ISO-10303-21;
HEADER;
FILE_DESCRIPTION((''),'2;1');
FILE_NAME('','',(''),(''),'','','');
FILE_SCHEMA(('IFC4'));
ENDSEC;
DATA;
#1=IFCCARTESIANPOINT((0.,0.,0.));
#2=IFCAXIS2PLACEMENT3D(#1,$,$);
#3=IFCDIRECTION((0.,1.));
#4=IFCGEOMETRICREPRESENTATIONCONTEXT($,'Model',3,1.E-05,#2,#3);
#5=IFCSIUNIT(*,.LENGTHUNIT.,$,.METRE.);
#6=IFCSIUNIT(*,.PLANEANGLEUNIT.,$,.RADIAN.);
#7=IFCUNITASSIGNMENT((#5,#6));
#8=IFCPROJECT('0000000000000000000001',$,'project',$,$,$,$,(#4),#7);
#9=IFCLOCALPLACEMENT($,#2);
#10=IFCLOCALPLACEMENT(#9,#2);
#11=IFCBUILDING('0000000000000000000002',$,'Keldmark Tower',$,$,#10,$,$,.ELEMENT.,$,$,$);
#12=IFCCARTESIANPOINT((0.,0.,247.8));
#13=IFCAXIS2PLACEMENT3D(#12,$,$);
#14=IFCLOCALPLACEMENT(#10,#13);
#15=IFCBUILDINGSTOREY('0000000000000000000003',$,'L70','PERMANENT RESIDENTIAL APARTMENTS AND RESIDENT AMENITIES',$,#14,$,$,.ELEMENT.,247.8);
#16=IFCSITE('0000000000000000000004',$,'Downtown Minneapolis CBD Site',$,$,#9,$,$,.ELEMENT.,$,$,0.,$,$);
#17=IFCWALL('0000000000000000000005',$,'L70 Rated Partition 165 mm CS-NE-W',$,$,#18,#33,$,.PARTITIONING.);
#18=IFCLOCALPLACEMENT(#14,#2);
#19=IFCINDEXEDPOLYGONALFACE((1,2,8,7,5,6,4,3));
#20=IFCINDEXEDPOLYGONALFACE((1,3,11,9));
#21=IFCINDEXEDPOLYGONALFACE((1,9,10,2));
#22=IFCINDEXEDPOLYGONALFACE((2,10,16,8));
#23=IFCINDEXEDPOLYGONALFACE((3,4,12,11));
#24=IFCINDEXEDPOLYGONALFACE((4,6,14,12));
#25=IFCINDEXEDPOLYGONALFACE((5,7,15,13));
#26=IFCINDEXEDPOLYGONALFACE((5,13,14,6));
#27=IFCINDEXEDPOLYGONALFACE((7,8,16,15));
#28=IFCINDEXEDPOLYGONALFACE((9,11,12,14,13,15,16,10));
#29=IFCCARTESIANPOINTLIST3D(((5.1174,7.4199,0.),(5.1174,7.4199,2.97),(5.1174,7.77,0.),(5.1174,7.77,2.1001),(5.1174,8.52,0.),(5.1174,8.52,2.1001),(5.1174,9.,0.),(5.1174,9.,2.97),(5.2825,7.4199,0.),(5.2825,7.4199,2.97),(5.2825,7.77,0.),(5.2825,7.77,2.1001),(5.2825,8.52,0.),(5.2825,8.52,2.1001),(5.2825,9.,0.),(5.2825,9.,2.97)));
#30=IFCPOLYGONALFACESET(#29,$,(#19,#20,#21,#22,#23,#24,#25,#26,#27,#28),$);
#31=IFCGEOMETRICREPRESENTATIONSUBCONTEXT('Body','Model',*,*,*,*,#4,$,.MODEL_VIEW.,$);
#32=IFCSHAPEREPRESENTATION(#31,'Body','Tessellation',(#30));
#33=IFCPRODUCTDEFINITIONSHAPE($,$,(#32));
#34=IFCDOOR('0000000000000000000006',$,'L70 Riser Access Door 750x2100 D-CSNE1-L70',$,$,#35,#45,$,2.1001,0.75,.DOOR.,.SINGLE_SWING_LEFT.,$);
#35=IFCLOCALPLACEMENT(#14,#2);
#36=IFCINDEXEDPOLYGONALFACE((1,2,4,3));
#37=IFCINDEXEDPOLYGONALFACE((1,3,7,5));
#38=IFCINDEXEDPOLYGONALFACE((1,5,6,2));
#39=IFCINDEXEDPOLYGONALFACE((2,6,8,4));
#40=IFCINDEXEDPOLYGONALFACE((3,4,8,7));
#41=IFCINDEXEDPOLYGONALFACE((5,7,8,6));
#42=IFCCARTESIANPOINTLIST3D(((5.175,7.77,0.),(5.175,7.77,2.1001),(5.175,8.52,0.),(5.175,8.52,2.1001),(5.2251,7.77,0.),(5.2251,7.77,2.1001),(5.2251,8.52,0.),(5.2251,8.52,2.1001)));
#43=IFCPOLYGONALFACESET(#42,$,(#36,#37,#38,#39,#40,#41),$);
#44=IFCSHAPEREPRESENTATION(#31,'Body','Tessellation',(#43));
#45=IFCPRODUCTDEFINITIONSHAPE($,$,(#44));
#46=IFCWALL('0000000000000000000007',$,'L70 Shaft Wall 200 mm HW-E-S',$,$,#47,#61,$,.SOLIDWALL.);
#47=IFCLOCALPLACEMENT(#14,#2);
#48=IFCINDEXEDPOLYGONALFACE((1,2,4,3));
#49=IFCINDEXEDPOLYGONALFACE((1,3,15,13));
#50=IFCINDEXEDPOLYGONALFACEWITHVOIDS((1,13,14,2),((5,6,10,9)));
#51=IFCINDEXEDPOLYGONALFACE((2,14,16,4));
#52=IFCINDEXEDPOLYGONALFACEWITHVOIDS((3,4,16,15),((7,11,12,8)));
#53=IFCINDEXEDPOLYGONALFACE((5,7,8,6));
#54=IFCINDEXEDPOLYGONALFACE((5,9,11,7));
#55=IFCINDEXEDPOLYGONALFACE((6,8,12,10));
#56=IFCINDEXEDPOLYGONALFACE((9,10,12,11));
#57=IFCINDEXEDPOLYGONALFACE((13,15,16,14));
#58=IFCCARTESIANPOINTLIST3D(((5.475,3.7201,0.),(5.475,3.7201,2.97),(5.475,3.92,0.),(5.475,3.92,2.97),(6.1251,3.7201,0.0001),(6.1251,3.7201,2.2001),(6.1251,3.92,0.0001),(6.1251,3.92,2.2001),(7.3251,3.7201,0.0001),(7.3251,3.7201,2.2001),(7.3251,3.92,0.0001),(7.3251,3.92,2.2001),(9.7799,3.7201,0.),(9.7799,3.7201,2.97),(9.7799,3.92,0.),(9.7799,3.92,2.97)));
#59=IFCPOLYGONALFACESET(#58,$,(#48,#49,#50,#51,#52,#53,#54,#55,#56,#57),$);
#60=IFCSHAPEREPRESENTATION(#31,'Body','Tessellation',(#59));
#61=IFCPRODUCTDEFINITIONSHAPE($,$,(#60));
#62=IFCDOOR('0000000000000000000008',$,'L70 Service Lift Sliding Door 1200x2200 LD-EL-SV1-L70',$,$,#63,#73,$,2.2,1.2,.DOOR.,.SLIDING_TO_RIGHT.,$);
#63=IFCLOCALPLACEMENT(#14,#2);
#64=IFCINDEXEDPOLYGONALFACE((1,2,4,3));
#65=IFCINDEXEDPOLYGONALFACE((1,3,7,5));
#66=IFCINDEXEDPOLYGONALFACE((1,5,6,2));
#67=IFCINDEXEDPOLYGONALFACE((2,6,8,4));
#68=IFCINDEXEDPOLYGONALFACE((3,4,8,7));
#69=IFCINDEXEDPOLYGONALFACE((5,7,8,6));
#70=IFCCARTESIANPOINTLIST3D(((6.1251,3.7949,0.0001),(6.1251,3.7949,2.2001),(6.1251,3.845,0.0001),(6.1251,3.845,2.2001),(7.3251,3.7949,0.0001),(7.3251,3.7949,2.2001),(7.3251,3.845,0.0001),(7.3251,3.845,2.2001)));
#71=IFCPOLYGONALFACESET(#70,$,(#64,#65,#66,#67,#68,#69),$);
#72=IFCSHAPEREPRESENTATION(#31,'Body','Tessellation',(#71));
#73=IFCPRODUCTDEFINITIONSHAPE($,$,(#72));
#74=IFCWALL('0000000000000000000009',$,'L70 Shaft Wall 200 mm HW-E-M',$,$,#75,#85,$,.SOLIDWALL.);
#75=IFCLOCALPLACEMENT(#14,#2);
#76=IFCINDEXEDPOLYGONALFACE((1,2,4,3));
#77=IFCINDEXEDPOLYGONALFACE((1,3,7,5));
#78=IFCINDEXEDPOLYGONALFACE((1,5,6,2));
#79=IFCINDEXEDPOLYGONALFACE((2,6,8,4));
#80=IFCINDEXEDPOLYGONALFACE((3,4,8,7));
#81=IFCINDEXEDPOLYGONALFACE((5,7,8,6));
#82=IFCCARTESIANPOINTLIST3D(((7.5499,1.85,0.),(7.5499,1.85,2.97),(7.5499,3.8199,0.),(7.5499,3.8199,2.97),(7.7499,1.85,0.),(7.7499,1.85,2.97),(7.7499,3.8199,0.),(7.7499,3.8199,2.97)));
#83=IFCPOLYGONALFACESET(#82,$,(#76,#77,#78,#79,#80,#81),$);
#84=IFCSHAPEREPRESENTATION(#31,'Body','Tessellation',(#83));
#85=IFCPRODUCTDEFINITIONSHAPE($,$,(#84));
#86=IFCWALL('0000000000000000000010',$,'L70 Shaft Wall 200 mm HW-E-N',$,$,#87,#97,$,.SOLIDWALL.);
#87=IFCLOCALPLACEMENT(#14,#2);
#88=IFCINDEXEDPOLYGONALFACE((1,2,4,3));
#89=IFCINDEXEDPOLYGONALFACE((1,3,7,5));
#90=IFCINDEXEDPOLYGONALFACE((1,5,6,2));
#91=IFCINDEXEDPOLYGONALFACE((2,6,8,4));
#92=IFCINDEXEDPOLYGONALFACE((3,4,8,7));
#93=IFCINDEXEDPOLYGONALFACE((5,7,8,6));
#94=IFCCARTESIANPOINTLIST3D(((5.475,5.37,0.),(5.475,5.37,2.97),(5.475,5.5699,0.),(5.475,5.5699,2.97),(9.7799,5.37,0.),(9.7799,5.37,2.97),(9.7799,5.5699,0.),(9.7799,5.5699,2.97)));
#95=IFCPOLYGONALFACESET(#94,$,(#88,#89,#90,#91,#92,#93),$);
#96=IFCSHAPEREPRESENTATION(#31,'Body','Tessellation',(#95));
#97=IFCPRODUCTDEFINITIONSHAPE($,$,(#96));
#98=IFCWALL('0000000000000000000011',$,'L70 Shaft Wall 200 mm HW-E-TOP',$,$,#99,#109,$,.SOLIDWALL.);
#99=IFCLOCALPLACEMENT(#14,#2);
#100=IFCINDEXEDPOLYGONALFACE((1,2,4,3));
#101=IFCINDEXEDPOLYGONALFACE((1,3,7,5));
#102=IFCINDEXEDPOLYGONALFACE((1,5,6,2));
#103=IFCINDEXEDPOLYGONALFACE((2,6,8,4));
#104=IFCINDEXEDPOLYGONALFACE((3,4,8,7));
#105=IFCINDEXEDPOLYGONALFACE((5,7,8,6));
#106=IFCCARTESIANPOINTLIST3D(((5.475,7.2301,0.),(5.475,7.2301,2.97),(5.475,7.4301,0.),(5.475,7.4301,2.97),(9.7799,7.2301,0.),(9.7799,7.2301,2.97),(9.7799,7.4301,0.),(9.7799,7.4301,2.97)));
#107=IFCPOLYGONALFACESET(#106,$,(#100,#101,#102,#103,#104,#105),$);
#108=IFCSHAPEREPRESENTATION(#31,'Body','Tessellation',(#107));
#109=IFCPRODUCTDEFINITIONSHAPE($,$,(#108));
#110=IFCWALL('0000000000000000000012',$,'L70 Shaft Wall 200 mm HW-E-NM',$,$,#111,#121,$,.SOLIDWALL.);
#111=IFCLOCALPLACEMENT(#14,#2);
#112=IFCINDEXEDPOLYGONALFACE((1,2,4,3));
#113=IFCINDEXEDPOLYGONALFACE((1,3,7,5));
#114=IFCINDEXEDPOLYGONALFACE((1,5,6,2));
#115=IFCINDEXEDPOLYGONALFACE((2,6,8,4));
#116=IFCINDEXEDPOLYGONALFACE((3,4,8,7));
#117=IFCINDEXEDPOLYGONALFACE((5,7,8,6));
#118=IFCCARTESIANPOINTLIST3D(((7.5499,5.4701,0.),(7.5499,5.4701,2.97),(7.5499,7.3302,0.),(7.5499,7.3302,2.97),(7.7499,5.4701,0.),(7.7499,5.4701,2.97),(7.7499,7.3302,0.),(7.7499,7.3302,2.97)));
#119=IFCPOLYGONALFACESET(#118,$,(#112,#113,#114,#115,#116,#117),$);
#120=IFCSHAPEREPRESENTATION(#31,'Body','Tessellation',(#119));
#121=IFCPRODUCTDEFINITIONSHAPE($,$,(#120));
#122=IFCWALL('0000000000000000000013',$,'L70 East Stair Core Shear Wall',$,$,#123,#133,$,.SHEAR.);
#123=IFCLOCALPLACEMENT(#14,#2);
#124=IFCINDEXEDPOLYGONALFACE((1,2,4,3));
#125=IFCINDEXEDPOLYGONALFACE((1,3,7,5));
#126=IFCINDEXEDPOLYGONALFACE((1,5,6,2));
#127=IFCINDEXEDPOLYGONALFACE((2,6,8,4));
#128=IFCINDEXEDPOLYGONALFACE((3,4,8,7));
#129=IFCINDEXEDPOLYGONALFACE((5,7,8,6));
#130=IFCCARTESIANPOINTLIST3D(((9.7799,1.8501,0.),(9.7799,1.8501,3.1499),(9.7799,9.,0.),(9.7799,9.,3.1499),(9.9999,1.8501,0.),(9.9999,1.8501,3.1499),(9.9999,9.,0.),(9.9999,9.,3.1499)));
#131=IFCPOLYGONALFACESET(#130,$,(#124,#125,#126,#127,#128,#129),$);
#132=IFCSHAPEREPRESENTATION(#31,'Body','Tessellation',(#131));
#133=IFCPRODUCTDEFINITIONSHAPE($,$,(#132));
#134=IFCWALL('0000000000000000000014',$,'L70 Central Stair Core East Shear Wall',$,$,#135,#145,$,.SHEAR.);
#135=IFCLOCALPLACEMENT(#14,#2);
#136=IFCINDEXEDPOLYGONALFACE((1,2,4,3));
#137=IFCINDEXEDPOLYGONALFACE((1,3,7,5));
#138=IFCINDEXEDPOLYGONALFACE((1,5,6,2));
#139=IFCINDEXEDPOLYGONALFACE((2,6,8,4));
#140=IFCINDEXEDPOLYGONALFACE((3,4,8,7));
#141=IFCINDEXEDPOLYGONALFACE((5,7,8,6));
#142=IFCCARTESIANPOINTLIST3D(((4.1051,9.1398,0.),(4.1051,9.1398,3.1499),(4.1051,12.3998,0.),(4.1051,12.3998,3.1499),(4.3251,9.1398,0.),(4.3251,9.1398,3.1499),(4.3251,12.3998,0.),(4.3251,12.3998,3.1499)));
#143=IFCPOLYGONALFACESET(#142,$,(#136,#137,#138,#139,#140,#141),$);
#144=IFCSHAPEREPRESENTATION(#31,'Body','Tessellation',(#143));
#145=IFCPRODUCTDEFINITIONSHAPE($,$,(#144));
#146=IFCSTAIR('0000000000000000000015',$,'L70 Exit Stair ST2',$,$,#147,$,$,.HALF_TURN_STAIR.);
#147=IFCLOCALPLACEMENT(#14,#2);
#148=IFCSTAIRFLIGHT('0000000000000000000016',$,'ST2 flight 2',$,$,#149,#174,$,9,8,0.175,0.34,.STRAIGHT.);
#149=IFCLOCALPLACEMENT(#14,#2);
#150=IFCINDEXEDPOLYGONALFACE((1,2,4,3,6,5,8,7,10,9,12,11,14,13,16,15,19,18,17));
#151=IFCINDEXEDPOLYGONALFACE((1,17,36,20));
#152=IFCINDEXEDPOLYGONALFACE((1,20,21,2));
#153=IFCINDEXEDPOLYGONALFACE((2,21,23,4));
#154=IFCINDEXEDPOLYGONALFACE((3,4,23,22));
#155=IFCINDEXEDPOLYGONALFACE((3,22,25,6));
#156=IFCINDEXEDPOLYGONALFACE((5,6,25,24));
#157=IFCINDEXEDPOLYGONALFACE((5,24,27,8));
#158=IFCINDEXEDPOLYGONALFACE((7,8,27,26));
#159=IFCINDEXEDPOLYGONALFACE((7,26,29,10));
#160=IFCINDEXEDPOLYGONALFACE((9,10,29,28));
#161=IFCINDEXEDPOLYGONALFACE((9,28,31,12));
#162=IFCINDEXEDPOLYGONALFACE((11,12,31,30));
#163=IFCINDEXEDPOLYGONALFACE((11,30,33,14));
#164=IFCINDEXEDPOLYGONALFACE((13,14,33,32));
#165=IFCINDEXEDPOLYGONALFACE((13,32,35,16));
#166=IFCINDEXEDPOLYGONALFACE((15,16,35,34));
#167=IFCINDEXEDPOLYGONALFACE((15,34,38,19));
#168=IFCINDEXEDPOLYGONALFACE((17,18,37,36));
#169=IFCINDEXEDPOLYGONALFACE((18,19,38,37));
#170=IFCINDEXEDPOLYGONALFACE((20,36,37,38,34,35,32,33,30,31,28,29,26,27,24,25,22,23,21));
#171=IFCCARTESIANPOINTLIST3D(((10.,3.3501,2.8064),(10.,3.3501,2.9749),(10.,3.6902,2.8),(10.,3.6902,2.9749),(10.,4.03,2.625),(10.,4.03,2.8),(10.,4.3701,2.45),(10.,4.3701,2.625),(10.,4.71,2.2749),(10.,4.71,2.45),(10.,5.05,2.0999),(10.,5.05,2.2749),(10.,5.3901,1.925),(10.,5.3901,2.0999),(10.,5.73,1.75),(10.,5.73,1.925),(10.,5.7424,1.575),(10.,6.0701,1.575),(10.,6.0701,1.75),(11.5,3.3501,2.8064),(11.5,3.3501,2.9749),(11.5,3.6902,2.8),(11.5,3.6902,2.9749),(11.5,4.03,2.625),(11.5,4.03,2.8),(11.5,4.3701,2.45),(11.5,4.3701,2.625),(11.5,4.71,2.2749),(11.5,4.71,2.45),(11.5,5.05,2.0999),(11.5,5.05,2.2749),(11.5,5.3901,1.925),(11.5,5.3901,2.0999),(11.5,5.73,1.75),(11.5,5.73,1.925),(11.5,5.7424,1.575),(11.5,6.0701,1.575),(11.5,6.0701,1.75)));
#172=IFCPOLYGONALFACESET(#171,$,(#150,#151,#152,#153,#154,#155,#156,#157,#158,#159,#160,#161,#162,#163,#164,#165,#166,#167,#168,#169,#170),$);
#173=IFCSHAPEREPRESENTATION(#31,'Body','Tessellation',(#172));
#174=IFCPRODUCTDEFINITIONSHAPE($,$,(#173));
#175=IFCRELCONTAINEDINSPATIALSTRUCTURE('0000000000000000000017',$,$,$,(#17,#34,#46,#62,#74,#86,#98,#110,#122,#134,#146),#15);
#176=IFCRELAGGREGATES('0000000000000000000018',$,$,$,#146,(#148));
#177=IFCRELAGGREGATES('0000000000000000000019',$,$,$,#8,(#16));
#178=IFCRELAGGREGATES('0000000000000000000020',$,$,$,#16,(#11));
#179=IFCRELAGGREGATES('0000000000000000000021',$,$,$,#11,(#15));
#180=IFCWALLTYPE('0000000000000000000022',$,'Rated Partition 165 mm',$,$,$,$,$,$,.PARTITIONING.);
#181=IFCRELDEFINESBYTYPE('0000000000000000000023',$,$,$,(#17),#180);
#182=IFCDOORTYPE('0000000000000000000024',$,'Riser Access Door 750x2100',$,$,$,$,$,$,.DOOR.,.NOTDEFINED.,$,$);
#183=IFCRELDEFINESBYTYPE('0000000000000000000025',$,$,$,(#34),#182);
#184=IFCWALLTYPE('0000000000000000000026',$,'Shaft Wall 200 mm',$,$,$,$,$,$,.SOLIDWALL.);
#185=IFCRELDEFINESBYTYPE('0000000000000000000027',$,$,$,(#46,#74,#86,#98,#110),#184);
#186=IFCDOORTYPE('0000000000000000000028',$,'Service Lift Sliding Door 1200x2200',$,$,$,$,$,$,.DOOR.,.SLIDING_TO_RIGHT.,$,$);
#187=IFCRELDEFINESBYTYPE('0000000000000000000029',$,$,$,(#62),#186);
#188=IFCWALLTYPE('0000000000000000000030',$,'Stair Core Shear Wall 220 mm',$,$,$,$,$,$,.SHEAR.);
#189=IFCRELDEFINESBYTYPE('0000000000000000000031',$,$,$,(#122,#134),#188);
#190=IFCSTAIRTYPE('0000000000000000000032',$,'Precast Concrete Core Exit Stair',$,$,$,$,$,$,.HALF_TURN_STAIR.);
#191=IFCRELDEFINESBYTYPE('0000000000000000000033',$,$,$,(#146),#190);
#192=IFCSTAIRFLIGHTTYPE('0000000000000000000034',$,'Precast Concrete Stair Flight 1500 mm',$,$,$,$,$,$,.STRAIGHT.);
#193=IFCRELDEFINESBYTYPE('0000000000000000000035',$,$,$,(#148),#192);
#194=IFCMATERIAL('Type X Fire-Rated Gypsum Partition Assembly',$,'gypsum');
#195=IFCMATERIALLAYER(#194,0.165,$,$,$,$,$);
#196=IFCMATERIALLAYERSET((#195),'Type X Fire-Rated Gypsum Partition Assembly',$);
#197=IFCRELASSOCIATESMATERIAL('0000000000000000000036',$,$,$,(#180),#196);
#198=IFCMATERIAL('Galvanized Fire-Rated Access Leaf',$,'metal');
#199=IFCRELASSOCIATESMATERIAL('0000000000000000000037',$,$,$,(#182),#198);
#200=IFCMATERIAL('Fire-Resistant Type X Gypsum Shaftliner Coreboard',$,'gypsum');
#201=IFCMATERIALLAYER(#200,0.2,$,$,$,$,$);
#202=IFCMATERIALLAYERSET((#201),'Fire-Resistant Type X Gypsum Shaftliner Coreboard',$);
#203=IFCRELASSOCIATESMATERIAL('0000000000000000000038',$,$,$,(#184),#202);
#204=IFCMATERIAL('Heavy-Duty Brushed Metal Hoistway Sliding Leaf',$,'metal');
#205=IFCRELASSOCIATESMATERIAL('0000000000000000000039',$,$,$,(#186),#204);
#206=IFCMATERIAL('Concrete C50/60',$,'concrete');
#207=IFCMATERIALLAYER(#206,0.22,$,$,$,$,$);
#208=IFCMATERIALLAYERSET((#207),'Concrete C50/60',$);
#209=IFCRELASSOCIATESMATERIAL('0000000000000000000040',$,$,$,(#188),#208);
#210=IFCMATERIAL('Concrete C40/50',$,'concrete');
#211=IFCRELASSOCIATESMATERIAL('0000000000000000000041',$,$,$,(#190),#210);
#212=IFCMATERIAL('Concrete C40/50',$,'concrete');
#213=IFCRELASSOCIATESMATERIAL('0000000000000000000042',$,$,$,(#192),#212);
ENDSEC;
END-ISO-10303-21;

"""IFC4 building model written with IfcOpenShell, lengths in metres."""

from ifc_helpers import new_model, si_unit, direction, frame, frame_2d, origin, place, context, subcontext, project, spatial, polyline, rectangle, outline, extrude, material, layer, layer_set, type_object, element, fill, aggregate, save


model = new_model("IFC4")

# Units and contexts
model_context = context("Model", 3, precision=1e-05, world=origin(), true_north=direction((0.0, 1.0)))
body_context = subcontext(model_context, "Body", "Model", "MODEL_VIEW")
ifc_project = project(units=[si_unit("LENGTHUNIT", "METRE"), si_unit("PLANEANGLEUNIT", "RADIAN")], contexts=[model_context])

# Site, building, storey
site_placement = place(None, origin())
site = spatial("IfcSite", under=ifc_project, at=site_placement, Name="Downtown Minneapolis CBD Site", CompositionType="ELEMENT", RefElevation=0.0)
building_placement = place(site_placement, origin())
building = spatial("IfcBuilding", under=site, at=building_placement, Name="Keldmark Tower", CompositionType="ELEMENT")
storey_placement = place(building_placement, frame((0.0, 0.0, 247.8)))
storey = spatial("IfcBuildingStorey", under=building, at=storey_placement, Name="L70", Description="PERMANENT RESIDENTIAL APARTMENTS AND RESIDENT AMENITIES", CompositionType="ELEMENT", Elevation=247.8)

# Shared definitions
ifc_material_1 = material(Name="Type X Fire-Rated Gypsum Partition Assembly", Category="gypsum")
ifc_layer_1 = layer(ifc_material_1, 0.165)
ifc_layer_set_1 = layer_set([ifc_layer_1], Name="Type X Fire-Rated Gypsum Partition Assembly")
wall_type_1 = type_object("IfcWallType", Name="Rated Partition 165 mm", PredefinedType="PARTITIONING", material=ifc_layer_set_1)

# Walls, openings, doors
wall_1_placement = place(storey_placement, frame((5.2, 7.4199, 0.0), z_axis=(0.0, 0.0, 1.0), x_axis=(0.0, 1.0, 0.0)))
wall_1 = element("IfcWall", 1, at=wall_1_placement, inside=storey, type_object=wall_type_1, Name="L70 Rated Partition 165 mm CS-NE-W", PredefinedType="PARTITIONING", context=body_context, shape_type="SweptSolid", body=[
    extrude(rectangle(XDim=1.5801, YDim=0.165, at=frame_2d((0.79, 0.0))), origin(), (0.0, 0.0, 1.0), 2.97),
])
opening_1_placement = place(wall_1_placement, frame((0.3501, 0.0, 0.0)))
opening_1 = element("IfcOpeningElement", 2, at=opening_1_placement, cuts=wall_1, PredefinedType="OPENING", context=body_context, shape_type="SweptSolid", body=[
    extrude(rectangle(XDim=0.75, YDim=2.1001, at=frame_2d((0.375, 1.05))), frame((0.0, 0.0925, 0.0), z_axis=(0.0, -1.0, 0.0), x_axis=(1.0, 0.0, 0.0)), (0.0, 0.0, 1.0), 0.1851),
])
ifc_material_2 = material(Name="Galvanized Fire-Rated Access Leaf", Category="metal")
door_type_1 = type_object("IfcDoorType", Name="Riser Access Door 750x2100", OperationType="NOTDEFINED", PredefinedType="DOOR", material=ifc_material_2)
door_1_placement = place(opening_1_placement, origin())
door_1 = element("IfcDoor", 3, at=door_1_placement, inside=storey, type_object=door_type_1, Name="L70 Riser Access Door 750x2100 D-CSNE1-L70", OperationType="SINGLE_SWING_LEFT", OverallHeight=2.1001, OverallWidth=0.75, PredefinedType="DOOR", context=body_context, shape_type="SweptSolid", body=[
    extrude(rectangle(XDim=0.75, YDim=2.1001, at=frame_2d((0.375, 1.05))), frame((0.0, 0.0249, 0.0), z_axis=(0.0, -1.0, 0.0), x_axis=(1.0, 0.0, 0.0)), (0.0, 0.0, 1.0), 0.05),
])
fill(opening_1, door_1)
ifc_material_3 = material(Name="Fire-Resistant Type X Gypsum Shaftliner Coreboard", Category="gypsum")
ifc_layer_2 = layer(ifc_material_3, 0.2)
ifc_layer_set_2 = layer_set([ifc_layer_2], Name="Fire-Resistant Type X Gypsum Shaftliner Coreboard")
wall_type_2 = type_object("IfcWallType", Name="Shaft Wall 200 mm", PredefinedType="SOLIDWALL", material=ifc_layer_set_2)
wall_2_placement = place(storey_placement, frame((5.4751, 3.8201, 0.0), z_axis=(0.0, 0.0, 1.0), x_axis=(1.0, 0.0, 0.0)))
wall_2 = element("IfcWall", 4, at=wall_2_placement, inside=storey, type_object=wall_type_2, Name="L70 Shaft Wall 200 mm HW-E-S", PredefinedType="SOLIDWALL", context=body_context, shape_type="SweptSolid", body=[
    extrude(rectangle(XDim=4.3049, YDim=0.2, at=frame_2d((2.1523, 0.0))), origin(), (0.0, 0.0, 1.0), 2.97),
])
opening_2_placement = place(wall_2_placement, frame((0.6499, 0.0, 0.0)))
opening_2 = element("IfcOpeningElement", 5, at=opening_2_placement, cuts=wall_2, PredefinedType="OPENING", context=body_context, shape_type="SweptSolid", body=[
    extrude(rectangle(XDim=1.2, YDim=2.2, at=frame_2d((0.6001, 1.1001))), frame((0.0, 0.1099, 0.0), z_axis=(0.0, -1.0, 0.0), x_axis=(1.0, 0.0, 0.0)), (0.0, 0.0, 1.0), 0.22),
])
ifc_material_4 = material(Name="Heavy-Duty Brushed Metal Hoistway Sliding Leaf", Category="metal")
door_type_2 = type_object("IfcDoorType", Name="Service Lift Sliding Door 1200x2200", OperationType="SLIDING_TO_RIGHT", PredefinedType="DOOR", material=ifc_material_4)
door_2_placement = place(opening_2_placement, origin())
door_2 = element("IfcDoor", 6, at=door_2_placement, inside=storey, type_object=door_type_2, Name="L70 Service Lift Sliding Door 1200x2200 LD-EL-SV1-L70", OperationType="SLIDING_TO_RIGHT", OverallHeight=2.2, OverallWidth=1.2, PredefinedType="DOOR", context=body_context, shape_type="SweptSolid", body=[
    extrude(rectangle(XDim=1.2, YDim=2.2, at=frame_2d((0.6001, 1.1001))), frame((0.0, 0.0249, 0.0), z_axis=(0.0, -1.0, 0.0), x_axis=(1.0, 0.0, 0.0)), (0.0, 0.0, 1.0), 0.05),
])
fill(opening_2, door_2)

# Walls
wall_3_placement = place(storey_placement, frame((7.6499, 1.8501, 0.0), z_axis=(0.0, 0.0, 1.0), x_axis=(0.0, 1.0, 0.0)))
element("IfcWall", 7, at=wall_3_placement, inside=storey, type_object=wall_type_2, Name="L70 Shaft Wall 200 mm HW-E-M", PredefinedType="SOLIDWALL", context=body_context, shape_type="SweptSolid", body=[
    extrude(rectangle(XDim=1.97, YDim=0.2, at=frame_2d((0.9849, 0.0))), origin(), (0.0, 0.0, 1.0), 2.97),
])
for number, where, z_axis, x_axis, name in (
    (8, (5.4751, 5.47, 0.0), (0.0, 0.0, 1.0), (1.0, 0.0, 0.0), "L70 Shaft Wall 200 mm HW-E-N"),
    (9, (5.4751, 7.3301, 0.0), (0.0, 0.0, 1.0), (1.0, 0.0, 0.0), "L70 Shaft Wall 200 mm HW-E-TOP"),
):
    element("IfcWall", number, at=place(storey_placement, frame(where, z_axis=z_axis, x_axis=x_axis)), inside=storey, type_object=wall_type_2, Name=name, PredefinedType="SOLIDWALL", context=body_context, shape_type="SweptSolid", body=[
        extrude(rectangle(XDim=4.3049, YDim=0.2, at=frame_2d((2.1523, 0.0))), origin(), (0.0, 0.0, 1.0), 2.97),
    ])
wall_4_placement = place(storey_placement, frame((7.6499, 5.47, 0.0), z_axis=(0.0, 0.0, 1.0), x_axis=(0.0, 1.0, 0.0)))
element("IfcWall", 10, at=wall_4_placement, inside=storey, type_object=wall_type_2, Name="L70 Shaft Wall 200 mm HW-E-NM", PredefinedType="SOLIDWALL", context=body_context, shape_type="SweptSolid", body=[
    extrude(rectangle(XDim=1.8601, YDim=0.2, at=frame_2d((0.9302, 0.0))), origin(), (0.0, 0.0, 1.0), 2.97),
])
ifc_material_5 = material(Name="Concrete C50/60", Category="concrete")
ifc_layer_3 = layer(ifc_material_5, 0.22)
ifc_layer_set_3 = layer_set([ifc_layer_3], Name="Concrete C50/60")
wall_type_3 = type_object("IfcWallType", Name="Stair Core Shear Wall 220 mm", PredefinedType="SHEAR", material=ifc_layer_set_3)
wall_5_placement = place(storey_placement, frame((9.8899, 1.8501, 0.0), z_axis=(0.0, 0.0, 1.0), x_axis=(0.0, 1.0, 0.0)))
element("IfcWall", 11, at=wall_5_placement, inside=storey, type_object=wall_type_3, Name="L70 East Stair Core Shear Wall", PredefinedType="SHEAR", context=body_context, shape_type="SweptSolid", body=[
    extrude(rectangle(XDim=7.1499, YDim=0.22, at=frame_2d((3.575, 0.0))), origin(), (0.0, 0.0, 1.0), 3.1499),
])
wall_6_placement = place(storey_placement, frame((4.2151, 9.1399, 0.0), z_axis=(0.0, 0.0, 1.0), x_axis=(0.0, 1.0, 0.0)))
element("IfcWall", 12, at=wall_6_placement, inside=storey, type_object=wall_type_3, Name="L70 Central Stair Core East Shear Wall", PredefinedType="SHEAR", context=body_context, shape_type="SweptSolid", body=[
    extrude(rectangle(XDim=3.26, YDim=0.22, at=frame_2d((1.6299, 0.0))), origin(), (0.0, 0.0, 1.0), 3.1499),
])

# Stair, stair flight
ifc_material_6 = material(Name="Concrete C40/50", Category="concrete")
stair_type = type_object("IfcStairType", Name="Precast Concrete Core Exit Stair", PredefinedType="HALF_TURN_STAIR", material=ifc_material_6)
stair_placement = place(storey_placement, origin())
stair = element("IfcStair", 13, at=stair_placement, inside=storey, type_object=stair_type, Name="L70 Exit Stair ST2", PredefinedType="HALF_TURN_STAIR")
ifc_material_7 = material(Name="Concrete C40/50", Category="concrete")
stair_flight_type = type_object("IfcStairFlightType", Name="Precast Concrete Stair Flight 1500 mm", PredefinedType="STRAIGHT", material=ifc_material_7)
stair_flight_placement = place(storey_placement, frame((10.75, 6.0701, 1.575), z_axis=(0.0, 0.0, 1.0), x_axis=(0.0, -1.0, 0.0)))
stair_flight = element("IfcStairFlight", 14, at=stair_flight_placement, type_object=stair_flight_type, Name="ST2 flight 2", NumberOfRisers=9, NumberOfTreads=8, PredefinedType="STRAIGHT", RiserHeight=0.175, TreadLength=0.34, context=body_context, shape_type="SweptSolid", body=[
    extrude(outline(polyline([(0.0, 0.0), (0.0, 0.175), (0.3401, 0.175), (0.3401, 0.3501), (0.6799, 0.3501), (0.6799, 0.5249), (1.02, 0.5249), (1.02, 0.7), (1.3601, 0.7), (1.3601, 0.875), (1.7, 0.875), (1.7, 1.05), (2.04, 1.05), (2.04, 1.2251), (2.3799, 1.2251), (2.3799, 1.3999), (2.72, 1.3999), (2.72, 1.575), (2.72, 1.2314), (0.3276, 0.0), (0.0, 0.0)])), frame((0.0, 0.75, 0.0), z_axis=(0.0, -1.0, 0.0), x_axis=(1.0, 0.0, 0.0)), (0.0, 0.0, 1.0), 1.5),
])
aggregate(stair, [stair_flight])

save(model, "model.ifc")
